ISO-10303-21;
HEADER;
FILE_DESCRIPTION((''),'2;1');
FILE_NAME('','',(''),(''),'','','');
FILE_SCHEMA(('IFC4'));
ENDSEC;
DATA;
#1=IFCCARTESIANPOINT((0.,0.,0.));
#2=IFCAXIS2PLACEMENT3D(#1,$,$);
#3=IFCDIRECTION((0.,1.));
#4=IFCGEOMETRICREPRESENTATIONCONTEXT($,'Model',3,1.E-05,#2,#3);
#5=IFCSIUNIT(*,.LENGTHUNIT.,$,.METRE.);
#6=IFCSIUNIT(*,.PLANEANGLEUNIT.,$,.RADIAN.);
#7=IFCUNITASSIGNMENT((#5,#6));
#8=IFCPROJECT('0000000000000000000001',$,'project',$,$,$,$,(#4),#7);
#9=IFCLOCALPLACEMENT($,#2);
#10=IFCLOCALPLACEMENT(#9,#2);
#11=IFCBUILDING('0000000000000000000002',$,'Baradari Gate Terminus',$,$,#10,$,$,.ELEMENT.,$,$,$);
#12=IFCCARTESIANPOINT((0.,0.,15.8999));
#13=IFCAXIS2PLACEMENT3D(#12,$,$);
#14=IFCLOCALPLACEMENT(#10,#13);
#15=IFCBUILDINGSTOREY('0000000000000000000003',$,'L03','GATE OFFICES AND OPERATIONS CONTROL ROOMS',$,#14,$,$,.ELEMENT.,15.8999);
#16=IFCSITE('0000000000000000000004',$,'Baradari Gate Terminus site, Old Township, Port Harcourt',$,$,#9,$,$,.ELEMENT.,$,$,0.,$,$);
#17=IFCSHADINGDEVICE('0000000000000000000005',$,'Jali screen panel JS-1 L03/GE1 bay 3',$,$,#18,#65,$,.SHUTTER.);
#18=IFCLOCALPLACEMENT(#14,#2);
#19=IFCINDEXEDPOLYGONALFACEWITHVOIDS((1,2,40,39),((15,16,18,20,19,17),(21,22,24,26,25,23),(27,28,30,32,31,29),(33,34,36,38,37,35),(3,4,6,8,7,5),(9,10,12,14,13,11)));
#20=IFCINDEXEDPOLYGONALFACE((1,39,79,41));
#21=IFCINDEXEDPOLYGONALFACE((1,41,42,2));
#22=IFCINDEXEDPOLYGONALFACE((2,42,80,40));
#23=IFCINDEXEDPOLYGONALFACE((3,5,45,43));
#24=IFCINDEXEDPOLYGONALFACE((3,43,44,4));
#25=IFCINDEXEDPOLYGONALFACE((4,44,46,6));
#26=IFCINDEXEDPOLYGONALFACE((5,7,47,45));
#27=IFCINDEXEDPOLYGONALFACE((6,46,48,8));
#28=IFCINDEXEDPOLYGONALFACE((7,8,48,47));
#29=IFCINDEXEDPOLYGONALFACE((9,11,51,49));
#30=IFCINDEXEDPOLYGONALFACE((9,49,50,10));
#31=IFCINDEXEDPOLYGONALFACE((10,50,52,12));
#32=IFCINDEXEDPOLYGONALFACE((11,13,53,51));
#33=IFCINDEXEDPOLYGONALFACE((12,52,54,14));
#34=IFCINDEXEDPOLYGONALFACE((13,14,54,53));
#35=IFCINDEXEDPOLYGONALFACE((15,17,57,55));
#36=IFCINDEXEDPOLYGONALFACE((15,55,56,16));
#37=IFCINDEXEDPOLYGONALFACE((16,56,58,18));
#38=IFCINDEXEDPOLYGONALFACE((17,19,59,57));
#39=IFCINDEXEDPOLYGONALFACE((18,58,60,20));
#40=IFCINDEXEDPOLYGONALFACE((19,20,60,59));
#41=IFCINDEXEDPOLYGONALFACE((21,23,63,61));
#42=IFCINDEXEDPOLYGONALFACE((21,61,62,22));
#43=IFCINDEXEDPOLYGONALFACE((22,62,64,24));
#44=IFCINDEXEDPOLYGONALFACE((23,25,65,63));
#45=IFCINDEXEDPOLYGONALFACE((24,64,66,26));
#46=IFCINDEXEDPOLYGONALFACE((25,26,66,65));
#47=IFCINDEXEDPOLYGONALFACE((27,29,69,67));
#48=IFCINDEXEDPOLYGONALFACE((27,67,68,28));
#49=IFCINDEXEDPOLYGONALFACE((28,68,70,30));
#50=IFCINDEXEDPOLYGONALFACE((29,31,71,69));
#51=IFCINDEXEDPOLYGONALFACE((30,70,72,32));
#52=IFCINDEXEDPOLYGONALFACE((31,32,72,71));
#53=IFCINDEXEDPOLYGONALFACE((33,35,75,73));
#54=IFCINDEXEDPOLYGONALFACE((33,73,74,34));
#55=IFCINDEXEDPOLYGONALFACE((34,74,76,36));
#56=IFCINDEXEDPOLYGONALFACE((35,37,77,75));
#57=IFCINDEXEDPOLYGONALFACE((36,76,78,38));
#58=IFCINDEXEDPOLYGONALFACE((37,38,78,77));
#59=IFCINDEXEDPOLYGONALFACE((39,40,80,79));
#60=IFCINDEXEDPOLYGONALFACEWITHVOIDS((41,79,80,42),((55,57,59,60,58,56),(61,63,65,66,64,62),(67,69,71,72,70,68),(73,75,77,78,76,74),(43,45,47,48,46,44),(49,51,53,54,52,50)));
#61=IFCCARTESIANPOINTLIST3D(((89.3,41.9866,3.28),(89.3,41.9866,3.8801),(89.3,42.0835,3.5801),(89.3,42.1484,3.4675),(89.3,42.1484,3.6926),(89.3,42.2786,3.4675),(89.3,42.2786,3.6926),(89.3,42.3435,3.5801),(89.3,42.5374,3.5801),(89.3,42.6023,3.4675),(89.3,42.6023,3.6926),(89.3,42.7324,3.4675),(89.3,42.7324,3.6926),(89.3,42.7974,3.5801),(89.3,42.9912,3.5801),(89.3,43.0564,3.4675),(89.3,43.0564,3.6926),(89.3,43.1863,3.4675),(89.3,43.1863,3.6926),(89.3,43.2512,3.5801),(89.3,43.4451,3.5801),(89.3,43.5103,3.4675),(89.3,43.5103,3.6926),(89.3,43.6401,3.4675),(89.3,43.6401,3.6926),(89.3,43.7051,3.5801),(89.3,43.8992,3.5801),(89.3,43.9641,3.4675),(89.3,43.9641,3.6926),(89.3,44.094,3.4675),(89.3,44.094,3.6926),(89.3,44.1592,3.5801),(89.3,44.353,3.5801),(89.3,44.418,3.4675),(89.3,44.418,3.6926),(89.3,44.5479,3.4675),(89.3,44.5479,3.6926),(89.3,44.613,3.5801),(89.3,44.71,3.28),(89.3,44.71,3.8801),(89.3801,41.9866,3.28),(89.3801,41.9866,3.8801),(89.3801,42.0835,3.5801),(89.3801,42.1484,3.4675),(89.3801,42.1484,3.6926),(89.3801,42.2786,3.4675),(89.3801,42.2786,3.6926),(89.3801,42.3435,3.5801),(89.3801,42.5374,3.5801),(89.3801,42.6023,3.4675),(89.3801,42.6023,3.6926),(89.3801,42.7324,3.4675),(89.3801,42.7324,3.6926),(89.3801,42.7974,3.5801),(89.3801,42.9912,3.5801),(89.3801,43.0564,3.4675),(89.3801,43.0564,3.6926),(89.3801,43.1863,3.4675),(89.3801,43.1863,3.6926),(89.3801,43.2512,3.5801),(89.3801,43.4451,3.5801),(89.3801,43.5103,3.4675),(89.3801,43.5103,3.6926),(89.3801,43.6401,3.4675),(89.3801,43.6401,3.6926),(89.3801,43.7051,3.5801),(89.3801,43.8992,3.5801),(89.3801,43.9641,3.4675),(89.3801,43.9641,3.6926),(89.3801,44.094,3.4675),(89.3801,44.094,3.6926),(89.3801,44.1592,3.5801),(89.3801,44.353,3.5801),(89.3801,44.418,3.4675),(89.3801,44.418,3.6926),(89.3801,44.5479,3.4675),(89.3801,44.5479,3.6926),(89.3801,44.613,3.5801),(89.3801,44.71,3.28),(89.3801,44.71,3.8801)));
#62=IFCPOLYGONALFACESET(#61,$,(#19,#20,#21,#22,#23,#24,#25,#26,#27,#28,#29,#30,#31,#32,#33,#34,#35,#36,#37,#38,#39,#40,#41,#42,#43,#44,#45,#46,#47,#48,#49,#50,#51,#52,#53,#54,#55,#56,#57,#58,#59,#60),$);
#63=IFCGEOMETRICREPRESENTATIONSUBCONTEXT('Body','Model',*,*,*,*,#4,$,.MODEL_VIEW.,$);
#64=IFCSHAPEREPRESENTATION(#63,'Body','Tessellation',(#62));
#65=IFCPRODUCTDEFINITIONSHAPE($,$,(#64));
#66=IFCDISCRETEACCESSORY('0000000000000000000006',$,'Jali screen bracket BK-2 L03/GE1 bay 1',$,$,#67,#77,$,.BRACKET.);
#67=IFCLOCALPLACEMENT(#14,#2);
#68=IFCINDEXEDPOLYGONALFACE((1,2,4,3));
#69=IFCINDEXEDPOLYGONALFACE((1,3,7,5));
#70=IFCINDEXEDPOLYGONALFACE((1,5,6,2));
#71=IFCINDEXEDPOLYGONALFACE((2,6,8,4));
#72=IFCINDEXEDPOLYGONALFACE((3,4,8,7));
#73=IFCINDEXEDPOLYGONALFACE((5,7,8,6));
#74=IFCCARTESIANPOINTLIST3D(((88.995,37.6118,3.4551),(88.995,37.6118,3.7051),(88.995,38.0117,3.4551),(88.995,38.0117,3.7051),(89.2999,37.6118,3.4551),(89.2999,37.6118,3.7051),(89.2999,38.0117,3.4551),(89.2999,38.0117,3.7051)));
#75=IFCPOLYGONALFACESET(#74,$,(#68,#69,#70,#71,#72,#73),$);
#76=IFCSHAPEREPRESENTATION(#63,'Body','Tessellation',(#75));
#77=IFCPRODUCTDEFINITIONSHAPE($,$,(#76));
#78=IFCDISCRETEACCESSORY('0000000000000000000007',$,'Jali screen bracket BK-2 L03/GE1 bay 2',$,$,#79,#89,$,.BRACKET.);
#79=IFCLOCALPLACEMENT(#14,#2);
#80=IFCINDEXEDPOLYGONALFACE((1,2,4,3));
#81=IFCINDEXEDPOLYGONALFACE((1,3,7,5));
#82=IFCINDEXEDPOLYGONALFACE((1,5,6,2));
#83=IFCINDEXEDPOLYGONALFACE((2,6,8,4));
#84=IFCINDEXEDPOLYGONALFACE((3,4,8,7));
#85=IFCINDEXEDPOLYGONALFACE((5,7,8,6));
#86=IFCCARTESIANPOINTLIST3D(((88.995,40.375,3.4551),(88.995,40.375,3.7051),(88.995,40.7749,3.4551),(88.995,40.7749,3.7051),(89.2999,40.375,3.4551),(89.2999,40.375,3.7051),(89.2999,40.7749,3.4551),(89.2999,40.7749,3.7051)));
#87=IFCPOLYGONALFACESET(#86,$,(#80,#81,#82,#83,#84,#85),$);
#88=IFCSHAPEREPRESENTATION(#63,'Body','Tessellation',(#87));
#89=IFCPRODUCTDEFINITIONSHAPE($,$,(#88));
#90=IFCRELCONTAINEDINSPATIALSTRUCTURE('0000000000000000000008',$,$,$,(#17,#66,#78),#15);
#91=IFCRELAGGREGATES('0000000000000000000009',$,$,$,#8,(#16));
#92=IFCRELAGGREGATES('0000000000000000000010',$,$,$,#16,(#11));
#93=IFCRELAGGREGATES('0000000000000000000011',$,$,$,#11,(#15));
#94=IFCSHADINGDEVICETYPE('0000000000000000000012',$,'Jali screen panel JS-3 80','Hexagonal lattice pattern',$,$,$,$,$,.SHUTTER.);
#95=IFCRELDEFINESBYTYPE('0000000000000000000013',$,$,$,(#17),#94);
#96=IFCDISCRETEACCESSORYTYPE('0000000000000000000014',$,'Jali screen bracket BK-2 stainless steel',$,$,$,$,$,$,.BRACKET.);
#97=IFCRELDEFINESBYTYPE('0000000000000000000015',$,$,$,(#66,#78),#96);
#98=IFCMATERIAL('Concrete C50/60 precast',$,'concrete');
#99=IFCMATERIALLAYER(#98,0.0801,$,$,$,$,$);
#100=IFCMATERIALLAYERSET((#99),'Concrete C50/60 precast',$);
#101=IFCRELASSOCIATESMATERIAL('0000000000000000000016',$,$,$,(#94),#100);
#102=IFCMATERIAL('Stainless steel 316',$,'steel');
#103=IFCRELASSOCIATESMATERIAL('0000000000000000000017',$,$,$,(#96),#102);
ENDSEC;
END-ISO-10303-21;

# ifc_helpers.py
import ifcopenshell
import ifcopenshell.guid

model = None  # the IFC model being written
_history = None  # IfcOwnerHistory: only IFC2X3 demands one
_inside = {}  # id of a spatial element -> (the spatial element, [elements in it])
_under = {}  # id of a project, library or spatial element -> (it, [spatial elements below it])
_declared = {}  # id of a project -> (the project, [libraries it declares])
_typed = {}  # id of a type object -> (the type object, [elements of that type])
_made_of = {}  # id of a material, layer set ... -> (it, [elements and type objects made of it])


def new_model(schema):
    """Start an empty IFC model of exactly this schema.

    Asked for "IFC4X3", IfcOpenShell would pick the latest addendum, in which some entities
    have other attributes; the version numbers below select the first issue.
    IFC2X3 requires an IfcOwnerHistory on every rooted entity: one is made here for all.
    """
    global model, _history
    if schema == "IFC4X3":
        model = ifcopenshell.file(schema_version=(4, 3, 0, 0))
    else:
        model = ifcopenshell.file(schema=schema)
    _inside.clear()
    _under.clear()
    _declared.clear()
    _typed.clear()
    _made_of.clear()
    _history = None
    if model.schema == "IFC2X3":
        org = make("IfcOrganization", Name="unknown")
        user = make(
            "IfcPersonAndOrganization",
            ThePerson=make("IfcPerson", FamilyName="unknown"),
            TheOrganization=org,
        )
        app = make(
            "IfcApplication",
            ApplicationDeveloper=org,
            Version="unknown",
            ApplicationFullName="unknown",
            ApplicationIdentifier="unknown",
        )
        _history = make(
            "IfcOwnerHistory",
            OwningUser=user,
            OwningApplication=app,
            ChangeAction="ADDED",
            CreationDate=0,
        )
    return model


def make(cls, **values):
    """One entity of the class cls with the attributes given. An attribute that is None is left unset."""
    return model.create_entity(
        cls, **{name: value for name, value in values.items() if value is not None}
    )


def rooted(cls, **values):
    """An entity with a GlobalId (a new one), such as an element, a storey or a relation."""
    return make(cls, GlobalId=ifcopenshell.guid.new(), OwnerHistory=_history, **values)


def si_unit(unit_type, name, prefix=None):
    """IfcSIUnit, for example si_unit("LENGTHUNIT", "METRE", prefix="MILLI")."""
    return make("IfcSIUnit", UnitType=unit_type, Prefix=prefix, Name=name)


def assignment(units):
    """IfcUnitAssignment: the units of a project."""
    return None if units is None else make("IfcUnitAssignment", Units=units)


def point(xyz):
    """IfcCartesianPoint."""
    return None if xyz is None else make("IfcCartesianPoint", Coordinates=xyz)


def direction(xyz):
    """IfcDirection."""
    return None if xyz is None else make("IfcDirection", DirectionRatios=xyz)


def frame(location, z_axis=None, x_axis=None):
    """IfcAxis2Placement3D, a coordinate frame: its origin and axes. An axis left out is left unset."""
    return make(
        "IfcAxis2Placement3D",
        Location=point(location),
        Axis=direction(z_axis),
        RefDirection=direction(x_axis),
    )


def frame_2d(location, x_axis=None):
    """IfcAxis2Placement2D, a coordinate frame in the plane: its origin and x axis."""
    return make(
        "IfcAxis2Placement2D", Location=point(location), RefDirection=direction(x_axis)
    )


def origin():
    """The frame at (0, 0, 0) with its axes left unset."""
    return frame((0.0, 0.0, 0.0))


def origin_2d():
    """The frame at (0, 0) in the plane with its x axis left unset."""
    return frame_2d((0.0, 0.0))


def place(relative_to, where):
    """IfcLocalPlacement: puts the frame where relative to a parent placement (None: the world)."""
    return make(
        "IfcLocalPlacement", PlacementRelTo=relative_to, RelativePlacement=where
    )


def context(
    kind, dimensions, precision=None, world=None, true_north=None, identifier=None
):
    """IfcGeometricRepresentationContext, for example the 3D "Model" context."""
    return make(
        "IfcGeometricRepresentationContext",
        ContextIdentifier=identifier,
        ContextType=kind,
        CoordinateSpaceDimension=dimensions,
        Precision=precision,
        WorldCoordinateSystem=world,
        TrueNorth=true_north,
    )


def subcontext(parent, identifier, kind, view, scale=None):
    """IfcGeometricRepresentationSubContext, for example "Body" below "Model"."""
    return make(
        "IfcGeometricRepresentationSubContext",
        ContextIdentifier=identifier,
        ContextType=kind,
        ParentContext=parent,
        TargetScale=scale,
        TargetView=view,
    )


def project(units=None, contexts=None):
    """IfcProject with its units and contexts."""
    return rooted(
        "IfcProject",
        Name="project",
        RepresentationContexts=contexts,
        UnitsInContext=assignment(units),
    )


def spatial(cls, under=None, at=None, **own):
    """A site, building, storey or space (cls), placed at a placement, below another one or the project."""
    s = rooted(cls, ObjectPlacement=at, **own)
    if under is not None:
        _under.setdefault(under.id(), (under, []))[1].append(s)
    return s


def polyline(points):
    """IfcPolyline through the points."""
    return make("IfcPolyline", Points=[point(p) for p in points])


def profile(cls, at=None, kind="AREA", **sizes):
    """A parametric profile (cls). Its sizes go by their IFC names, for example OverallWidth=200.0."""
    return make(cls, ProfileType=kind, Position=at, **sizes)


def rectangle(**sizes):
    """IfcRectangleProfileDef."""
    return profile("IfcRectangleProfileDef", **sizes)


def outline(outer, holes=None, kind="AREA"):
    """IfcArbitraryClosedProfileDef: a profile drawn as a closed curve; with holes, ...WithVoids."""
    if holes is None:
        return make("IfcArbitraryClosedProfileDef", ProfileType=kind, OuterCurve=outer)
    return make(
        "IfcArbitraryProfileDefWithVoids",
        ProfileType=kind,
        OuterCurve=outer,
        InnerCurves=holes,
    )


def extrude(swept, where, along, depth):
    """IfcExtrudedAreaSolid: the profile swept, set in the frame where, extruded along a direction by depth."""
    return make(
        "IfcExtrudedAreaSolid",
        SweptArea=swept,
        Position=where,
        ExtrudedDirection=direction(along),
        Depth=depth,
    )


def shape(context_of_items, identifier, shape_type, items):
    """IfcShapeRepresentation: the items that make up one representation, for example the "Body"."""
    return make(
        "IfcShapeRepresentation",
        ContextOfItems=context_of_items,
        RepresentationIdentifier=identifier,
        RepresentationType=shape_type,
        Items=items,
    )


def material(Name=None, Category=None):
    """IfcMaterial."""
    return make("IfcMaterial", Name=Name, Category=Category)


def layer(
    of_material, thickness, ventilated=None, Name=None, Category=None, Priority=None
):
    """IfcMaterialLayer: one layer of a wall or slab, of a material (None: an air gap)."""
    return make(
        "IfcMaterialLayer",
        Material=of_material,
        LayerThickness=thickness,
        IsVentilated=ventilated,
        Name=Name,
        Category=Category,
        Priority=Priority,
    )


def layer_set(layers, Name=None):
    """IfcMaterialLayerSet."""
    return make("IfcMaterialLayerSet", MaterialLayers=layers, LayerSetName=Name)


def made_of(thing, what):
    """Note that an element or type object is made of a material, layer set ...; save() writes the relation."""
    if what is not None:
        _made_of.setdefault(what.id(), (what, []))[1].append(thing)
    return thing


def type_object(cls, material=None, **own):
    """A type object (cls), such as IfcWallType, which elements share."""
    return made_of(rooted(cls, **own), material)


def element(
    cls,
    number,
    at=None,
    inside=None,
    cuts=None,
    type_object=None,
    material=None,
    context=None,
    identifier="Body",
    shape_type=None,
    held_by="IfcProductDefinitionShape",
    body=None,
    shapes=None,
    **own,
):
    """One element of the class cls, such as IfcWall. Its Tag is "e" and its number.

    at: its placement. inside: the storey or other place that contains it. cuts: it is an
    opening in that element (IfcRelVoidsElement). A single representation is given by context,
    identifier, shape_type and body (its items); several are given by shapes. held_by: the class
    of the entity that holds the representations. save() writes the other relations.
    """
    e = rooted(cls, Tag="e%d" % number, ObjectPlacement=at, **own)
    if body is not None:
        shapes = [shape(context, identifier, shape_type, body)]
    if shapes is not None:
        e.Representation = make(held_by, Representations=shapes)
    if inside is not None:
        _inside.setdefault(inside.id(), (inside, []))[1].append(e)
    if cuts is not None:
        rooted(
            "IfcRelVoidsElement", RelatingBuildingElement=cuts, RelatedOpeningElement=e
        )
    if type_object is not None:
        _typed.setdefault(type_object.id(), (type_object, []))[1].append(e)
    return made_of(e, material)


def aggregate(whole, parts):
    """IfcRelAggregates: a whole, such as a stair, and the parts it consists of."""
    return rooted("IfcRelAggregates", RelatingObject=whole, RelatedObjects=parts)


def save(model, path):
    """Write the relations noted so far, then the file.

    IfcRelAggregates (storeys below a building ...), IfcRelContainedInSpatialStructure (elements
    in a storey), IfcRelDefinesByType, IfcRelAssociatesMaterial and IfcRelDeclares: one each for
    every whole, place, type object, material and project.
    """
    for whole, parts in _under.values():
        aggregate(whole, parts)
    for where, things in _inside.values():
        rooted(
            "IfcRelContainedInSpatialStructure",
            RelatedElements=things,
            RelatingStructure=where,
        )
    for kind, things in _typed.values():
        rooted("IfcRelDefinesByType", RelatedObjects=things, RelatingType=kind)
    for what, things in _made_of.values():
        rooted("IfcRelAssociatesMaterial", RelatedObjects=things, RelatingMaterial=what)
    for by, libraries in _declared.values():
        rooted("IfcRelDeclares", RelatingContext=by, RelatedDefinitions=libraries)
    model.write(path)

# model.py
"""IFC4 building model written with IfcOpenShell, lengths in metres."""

from ifc_helpers import new_model, si_unit, direction, frame, origin, origin_2d, place, context, subcontext, project, spatial, polyline, rectangle, outline, extrude, material, layer, layer_set, type_object, element, save


model = new_model("IFC4")

# Units and contexts
model_context = context("Model", 3, precision=1e-05, world=origin(), true_north=direction((0.0, 1.0)))
body_context = subcontext(model_context, "Body", "Model", "MODEL_VIEW")
ifc_project = project(units=[si_unit("LENGTHUNIT", "METRE"), si_unit("PLANEANGLEUNIT", "RADIAN")], contexts=[model_context])

# Site, building, storey
site_placement = place(None, origin())
site = spatial("IfcSite", under=ifc_project, at=site_placement, Name="Baradari Gate Terminus site, Old Township, Port Harcourt", CompositionType="ELEMENT", RefElevation=0.0)
building_placement = place(site_placement, origin())
building = spatial("IfcBuilding", under=site, at=building_placement, Name="Baradari Gate Terminus", CompositionType="ELEMENT")
storey_placement = place(building_placement, frame((0.0, 0.0, 15.8999)))
storey = spatial("IfcBuildingStorey", under=building, at=storey_placement, Name="L03", Description="GATE OFFICES AND OPERATIONS CONTROL ROOMS", CompositionType="ELEMENT", Elevation=15.8999)

# Shading device
ifc_material_1 = material(Name="Concrete C50/60 precast", Category="concrete")
ifc_layer_1 = layer(ifc_material_1, 0.0801)
ifc_layer_set_1 = layer_set([ifc_layer_1], Name="Concrete C50/60 precast")
shading_device_type = type_object("IfcShadingDeviceType", Name="Jali screen panel JS-3 80", Description="Hexagonal lattice pattern", PredefinedType="SHUTTER", material=ifc_layer_set_1)
shading_device_1_placement = place(storey_placement, frame((89.3401, 41.9866, 3.28), z_axis=(0.0, 0.0, 1.0), x_axis=(0.0, 1.0, 0.0)))
element("IfcShadingDevice", 1, at=shading_device_1_placement, inside=storey, type_object=shading_device_type, Name="Jali screen panel JS-1 L03/GE1 bay 3", PredefinedType="SHUTTER", context=body_context, shape_type="SweptSolid", body=[
    extrude(outline(polyline([(0.0, 0.0), (2.7234, 0.0), (2.7234, 0.6001), (0.0, 0.6001), (0.0, 0.0)]), holes=[polyline([(0.3569, 0.3), (0.292, 0.1875), (0.1619, 0.1875), (0.0969, 0.3), (0.1619, 0.4126), (0.292, 0.4126), (0.3569, 0.3)]), polyline([(0.8108, 0.3), (0.7458, 0.1875), (0.6157, 0.1875), (0.5508, 0.3), (0.6157, 0.4126), (0.7458, 0.4126), (0.8108, 0.3)]), polyline([(1.2646, 0.3), (1.1997, 0.1875), (1.0698, 0.1875), (1.0046, 0.3), (1.0698, 0.4126), (1.1997, 0.4126), (1.2646, 0.3)]), polyline([(1.7185, 0.3), (1.6536, 0.1875), (1.5237, 0.1875), (1.4585, 0.3), (1.5237, 0.4126), (1.6536, 0.4126), (1.7185, 0.3)]), polyline([(2.1726, 0.3), (2.1074, 0.1875), (1.9775, 0.1875), (1.9126, 0.3), (1.9775, 0.4126), (2.1074, 0.4126), (2.1726, 0.3)]), polyline([(2.6265, 0.3), (2.5613, 0.1875), (2.4314, 0.1875), (2.3665, 0.3), (2.4314, 0.4126), (2.5613, 0.4126), (2.6265, 0.3)])]), frame((0.0, 0.04, 0.0), z_axis=(0.0, -1.0, 0.0), x_axis=(1.0, 0.0, 0.0)), (0.0, 0.0, 1.0), 0.0801),
])

# Discrete accessories
ifc_material_2 = material(Name="Stainless steel 316", Category="steel")
discrete_accessory_type = type_object("IfcDiscreteAccessoryType", Name="Jali screen bracket BK-2 stainless steel", PredefinedType="BRACKET", material=ifc_material_2)
for number, where, z_axis, x_axis, name in (
    (2, (89.1475, 37.8118, 3.4551), (0.0, 0.0, 1.0), (1.0, 0.0, 0.0), "Jali screen bracket BK-2 L03/GE1 bay 1"),
    (3, (89.1475, 40.575, 3.4551), (0.0, 0.0, 1.0), (1.0, 0.0, 0.0), "Jali screen bracket BK-2 L03/GE1 bay 2"),
):
    element("IfcDiscreteAccessory", number, at=place(storey_placement, frame(where, z_axis=z_axis, x_axis=x_axis)), inside=storey, type_object=discrete_accessory_type, Name=name, PredefinedType="BRACKET", context=body_context, shape_type="SweptSolid", body=[
        extrude(rectangle(XDim=0.3049, YDim=0.3999, at=origin_2d()), origin(), (0.0, 0.0, 1.0), 0.25),
    ])

save(model, "model.ifc")
